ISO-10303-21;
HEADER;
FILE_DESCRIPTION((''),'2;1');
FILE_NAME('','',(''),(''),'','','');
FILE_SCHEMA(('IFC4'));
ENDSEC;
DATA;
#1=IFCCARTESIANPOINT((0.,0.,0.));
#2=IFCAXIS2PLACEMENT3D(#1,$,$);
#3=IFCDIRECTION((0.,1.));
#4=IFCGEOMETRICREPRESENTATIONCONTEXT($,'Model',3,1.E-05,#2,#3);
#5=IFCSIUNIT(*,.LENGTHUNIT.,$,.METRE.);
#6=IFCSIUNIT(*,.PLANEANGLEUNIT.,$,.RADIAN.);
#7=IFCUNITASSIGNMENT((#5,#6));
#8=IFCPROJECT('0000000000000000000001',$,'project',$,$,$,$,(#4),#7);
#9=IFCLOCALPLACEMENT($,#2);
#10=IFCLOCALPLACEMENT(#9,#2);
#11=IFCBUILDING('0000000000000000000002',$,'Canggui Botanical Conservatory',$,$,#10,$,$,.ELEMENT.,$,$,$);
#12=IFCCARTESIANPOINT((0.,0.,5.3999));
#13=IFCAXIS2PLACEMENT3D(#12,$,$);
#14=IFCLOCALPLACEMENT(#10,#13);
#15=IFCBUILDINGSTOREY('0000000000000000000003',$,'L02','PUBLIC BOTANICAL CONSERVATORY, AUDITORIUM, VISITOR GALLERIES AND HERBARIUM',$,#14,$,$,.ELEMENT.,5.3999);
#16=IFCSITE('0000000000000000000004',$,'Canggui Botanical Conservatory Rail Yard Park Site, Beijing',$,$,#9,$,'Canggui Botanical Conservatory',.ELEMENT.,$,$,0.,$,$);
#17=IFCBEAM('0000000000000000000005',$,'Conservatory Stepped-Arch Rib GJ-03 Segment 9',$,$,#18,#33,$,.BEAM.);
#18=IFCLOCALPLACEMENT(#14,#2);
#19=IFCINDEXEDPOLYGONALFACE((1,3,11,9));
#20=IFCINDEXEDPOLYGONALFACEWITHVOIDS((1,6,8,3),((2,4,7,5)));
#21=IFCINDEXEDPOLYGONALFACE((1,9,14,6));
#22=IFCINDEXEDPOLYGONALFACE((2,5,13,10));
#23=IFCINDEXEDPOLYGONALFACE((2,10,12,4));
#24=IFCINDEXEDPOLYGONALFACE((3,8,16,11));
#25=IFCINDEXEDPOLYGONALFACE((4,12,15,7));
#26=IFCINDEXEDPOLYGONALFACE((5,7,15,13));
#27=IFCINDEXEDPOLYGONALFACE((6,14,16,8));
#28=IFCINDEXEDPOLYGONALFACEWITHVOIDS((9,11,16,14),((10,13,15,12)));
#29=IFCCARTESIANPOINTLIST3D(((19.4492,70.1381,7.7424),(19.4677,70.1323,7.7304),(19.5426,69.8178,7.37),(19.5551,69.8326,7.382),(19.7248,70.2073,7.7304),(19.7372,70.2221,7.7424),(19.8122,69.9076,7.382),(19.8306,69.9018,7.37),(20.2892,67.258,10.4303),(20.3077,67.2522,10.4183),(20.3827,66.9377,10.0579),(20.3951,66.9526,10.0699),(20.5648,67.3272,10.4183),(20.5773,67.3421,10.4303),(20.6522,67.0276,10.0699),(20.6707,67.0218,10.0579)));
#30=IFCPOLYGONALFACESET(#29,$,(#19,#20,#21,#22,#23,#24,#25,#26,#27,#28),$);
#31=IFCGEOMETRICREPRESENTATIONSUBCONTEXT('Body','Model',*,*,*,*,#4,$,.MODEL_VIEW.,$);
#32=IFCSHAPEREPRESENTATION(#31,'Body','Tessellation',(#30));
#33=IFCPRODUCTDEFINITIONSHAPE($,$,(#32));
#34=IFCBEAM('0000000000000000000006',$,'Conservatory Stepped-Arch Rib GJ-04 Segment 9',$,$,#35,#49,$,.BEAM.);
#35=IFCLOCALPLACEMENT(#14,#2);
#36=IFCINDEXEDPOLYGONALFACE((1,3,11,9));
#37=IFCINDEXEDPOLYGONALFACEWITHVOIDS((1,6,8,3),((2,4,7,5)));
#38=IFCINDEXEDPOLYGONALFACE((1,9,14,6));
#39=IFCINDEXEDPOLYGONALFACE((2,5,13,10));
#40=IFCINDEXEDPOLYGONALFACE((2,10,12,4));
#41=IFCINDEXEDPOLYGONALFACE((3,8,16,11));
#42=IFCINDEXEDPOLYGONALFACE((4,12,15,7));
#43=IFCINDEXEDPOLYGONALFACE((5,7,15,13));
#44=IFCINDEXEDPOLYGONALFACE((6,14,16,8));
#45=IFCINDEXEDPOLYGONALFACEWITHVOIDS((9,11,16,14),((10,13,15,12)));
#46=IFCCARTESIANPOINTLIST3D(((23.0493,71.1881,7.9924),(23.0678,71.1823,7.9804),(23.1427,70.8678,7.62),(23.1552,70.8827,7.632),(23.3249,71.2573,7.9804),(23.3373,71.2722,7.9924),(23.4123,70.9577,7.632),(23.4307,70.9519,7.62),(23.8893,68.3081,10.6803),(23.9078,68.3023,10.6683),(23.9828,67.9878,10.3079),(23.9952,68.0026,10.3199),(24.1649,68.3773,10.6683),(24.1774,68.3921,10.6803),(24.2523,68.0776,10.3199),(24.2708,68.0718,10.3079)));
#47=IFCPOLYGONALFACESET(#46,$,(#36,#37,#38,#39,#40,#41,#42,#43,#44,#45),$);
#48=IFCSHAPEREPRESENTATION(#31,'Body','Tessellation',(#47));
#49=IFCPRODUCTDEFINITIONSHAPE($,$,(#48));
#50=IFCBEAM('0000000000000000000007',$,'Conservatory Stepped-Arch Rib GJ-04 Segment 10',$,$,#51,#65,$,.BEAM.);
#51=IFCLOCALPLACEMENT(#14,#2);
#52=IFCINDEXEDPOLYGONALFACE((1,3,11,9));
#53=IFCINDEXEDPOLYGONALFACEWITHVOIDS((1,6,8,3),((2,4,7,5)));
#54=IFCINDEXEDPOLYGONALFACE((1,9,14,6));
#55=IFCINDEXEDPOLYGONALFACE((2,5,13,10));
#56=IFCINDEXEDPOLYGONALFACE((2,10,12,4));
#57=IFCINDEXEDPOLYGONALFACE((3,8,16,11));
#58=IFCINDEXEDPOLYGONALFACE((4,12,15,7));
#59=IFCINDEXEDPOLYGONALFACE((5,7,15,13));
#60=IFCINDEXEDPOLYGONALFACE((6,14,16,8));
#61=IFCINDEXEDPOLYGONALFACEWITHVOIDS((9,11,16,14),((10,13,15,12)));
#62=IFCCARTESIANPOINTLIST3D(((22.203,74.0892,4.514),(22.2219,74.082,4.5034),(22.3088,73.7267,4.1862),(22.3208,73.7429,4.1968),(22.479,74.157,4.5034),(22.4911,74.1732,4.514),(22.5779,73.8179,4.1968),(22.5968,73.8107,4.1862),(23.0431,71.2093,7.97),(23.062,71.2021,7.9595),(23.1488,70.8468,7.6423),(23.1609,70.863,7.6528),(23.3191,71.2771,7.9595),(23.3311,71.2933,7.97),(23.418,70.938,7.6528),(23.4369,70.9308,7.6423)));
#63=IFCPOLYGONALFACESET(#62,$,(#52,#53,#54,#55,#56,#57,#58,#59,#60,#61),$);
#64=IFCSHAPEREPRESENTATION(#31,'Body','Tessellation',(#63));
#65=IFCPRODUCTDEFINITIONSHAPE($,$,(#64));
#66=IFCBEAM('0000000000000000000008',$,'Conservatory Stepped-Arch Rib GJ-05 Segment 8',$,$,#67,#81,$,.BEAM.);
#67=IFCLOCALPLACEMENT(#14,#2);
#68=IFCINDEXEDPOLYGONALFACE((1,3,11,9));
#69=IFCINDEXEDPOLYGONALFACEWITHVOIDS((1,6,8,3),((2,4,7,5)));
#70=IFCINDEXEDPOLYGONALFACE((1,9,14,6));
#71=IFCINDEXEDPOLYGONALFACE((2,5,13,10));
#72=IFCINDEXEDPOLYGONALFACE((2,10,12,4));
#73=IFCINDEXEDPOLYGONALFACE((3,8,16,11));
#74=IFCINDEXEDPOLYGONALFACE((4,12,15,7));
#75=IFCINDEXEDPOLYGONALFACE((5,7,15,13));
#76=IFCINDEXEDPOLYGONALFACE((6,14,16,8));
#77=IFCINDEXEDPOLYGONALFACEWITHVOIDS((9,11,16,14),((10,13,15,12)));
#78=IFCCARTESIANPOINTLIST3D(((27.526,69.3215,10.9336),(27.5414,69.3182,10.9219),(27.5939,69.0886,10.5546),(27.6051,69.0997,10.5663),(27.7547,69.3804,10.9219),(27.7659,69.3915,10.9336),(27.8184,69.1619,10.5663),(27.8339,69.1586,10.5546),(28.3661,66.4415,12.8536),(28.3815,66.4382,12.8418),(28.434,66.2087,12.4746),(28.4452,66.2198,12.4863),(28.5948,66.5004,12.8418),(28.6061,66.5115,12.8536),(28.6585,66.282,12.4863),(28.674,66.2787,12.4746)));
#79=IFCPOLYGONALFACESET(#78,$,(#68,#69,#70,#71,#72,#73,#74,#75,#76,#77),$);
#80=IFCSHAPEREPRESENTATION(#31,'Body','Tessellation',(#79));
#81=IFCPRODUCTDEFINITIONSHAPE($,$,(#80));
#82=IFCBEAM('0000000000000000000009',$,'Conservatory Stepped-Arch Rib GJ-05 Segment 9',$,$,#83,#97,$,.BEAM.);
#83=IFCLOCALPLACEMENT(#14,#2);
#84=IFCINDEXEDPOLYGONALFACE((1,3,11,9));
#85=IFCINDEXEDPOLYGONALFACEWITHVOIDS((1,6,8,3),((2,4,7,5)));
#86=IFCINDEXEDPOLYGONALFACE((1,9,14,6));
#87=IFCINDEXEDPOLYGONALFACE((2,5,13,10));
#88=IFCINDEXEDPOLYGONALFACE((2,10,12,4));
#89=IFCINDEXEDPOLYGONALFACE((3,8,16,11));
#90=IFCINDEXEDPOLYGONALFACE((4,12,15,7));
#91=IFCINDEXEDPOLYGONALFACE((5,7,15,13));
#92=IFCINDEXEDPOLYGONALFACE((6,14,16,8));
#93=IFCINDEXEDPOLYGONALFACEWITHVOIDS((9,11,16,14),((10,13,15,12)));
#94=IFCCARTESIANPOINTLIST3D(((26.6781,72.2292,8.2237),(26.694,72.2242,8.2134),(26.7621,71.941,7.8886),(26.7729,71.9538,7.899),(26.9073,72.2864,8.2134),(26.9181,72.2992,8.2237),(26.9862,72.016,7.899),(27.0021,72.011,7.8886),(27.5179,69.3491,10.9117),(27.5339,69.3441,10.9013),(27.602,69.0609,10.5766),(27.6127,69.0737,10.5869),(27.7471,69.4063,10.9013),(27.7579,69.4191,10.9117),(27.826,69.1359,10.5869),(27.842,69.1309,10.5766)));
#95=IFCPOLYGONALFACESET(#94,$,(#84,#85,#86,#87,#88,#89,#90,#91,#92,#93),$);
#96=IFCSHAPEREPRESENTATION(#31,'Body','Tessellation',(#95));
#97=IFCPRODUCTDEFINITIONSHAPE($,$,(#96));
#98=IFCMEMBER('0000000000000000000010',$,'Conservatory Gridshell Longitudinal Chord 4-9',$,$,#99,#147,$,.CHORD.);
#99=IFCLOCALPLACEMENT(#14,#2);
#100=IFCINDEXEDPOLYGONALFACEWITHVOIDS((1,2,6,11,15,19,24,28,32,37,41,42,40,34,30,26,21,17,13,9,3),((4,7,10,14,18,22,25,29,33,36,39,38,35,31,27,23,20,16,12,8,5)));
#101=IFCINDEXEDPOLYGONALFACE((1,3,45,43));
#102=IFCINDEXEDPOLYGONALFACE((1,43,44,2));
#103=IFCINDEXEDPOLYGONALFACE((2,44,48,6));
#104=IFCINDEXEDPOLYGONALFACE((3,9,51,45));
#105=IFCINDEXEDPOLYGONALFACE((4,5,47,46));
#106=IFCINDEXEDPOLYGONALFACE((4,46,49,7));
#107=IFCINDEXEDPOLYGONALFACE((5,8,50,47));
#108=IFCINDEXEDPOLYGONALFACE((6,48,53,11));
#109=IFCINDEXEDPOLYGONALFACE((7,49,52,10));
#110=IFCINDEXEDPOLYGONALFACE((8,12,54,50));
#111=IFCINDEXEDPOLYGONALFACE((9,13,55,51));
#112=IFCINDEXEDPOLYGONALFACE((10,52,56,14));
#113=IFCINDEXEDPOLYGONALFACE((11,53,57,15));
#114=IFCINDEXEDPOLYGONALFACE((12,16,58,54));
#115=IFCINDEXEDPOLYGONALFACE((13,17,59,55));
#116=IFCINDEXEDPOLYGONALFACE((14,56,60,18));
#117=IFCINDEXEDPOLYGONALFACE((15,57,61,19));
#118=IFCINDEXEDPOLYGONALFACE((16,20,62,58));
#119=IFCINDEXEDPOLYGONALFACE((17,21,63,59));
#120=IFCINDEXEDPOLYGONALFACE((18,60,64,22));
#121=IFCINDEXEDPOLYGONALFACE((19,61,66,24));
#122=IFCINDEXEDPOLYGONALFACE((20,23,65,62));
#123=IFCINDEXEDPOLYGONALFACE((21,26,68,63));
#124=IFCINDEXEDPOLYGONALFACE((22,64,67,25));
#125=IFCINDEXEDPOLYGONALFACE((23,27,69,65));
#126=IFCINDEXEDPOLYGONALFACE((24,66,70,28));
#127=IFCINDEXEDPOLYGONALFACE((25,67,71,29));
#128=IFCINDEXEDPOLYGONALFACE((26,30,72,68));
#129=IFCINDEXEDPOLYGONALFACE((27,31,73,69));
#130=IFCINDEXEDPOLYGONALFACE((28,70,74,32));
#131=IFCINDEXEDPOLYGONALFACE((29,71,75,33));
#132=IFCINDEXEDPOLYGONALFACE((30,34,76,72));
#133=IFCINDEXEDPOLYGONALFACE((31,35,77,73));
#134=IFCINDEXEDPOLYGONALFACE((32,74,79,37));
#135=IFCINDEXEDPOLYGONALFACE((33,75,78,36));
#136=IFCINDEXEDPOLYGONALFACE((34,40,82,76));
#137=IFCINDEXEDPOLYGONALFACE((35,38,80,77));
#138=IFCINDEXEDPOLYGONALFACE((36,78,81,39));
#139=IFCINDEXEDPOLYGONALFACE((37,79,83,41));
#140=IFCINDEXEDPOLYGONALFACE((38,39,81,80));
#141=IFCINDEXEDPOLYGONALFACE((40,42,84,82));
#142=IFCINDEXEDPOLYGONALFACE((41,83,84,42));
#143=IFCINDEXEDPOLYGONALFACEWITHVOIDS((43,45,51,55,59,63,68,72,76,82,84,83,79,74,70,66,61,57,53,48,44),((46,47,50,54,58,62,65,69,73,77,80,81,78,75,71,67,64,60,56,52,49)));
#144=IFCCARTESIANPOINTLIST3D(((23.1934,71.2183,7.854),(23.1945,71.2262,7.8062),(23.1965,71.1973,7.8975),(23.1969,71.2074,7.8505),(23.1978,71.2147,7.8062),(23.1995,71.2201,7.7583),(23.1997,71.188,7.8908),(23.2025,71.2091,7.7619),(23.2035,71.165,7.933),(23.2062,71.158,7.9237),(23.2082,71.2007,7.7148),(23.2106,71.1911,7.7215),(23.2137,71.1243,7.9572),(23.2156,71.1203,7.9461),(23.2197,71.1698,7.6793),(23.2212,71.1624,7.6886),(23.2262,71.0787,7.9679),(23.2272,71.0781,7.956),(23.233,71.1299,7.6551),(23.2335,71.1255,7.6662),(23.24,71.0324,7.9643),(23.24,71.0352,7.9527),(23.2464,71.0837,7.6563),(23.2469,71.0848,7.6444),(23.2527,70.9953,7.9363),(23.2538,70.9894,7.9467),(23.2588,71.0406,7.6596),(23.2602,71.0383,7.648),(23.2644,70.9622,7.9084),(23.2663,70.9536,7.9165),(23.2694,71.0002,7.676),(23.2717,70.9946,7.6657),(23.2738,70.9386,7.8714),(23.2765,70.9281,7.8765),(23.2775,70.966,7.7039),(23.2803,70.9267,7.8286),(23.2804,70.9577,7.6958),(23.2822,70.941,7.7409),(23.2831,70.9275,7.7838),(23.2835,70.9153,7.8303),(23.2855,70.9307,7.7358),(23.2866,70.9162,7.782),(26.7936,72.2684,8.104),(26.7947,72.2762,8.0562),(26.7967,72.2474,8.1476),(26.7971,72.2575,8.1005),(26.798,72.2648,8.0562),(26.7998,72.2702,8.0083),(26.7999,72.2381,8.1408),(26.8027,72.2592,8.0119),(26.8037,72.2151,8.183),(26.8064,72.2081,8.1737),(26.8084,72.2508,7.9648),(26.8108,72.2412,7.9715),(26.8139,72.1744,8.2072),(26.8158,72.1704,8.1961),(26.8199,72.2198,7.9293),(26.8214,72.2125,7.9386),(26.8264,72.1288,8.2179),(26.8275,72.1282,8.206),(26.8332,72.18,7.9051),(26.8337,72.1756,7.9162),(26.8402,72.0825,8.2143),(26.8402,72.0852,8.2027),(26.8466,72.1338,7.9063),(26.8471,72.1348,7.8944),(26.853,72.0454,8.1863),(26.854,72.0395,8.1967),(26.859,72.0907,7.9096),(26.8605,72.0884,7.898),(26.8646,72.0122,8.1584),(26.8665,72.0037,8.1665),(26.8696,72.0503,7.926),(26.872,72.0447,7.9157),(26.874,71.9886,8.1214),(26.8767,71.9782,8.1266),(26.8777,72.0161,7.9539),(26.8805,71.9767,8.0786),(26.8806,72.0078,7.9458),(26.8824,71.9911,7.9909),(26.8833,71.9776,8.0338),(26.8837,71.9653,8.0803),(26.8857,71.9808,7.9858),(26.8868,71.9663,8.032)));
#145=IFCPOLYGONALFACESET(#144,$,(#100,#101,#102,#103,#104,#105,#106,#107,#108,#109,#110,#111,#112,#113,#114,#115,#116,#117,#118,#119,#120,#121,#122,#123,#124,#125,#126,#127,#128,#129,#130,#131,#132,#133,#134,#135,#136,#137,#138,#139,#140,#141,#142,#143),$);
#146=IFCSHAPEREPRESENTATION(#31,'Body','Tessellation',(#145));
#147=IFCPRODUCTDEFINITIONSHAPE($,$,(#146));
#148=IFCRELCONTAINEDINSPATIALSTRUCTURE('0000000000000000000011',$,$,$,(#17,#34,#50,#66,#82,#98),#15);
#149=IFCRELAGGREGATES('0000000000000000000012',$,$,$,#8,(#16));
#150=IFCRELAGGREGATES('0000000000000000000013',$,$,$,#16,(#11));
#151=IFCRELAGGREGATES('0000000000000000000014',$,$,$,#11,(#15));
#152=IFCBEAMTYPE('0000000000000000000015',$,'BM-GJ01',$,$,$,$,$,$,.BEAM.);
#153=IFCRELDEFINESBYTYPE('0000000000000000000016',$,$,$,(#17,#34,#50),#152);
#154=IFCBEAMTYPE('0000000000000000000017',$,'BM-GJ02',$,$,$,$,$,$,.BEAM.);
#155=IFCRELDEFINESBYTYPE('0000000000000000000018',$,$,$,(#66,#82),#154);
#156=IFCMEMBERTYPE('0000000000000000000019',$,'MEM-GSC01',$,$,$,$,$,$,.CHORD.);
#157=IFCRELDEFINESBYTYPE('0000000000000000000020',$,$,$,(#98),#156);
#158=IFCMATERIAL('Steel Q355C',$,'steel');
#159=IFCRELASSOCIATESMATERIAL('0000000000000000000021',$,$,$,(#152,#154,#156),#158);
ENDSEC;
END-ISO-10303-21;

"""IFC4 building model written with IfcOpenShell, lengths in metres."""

from ifc_helpers import new_model, si_unit, direction, frame, origin, origin_2d, place, context, subcontext, project, spatial, hollow_rectangle, hollow_circle, extrude, material, material_profile, profile_set, type_object, element, save


model = new_model("IFC4")

# Units and contexts
model_context = context("Model", 3, precision=1e-05, world=origin(), true_north=direction((0.0, 1.0)))
body_context = subcontext(model_context, "Body", "Model", "MODEL_VIEW")
ifc_project = project(units=[si_unit("LENGTHUNIT", "METRE"), si_unit("PLANEANGLEUNIT", "RADIAN")], contexts=[model_context])

# Site, building, storey
site_placement = place(None, origin())
site = spatial("IfcSite", under=ifc_project, at=site_placement, Name="Canggui Botanical Conservatory Rail Yard Park Site, Beijing", LongName="Canggui Botanical Conservatory", CompositionType="ELEMENT", RefElevation=0.0)
building_placement = place(site_placement, origin())
building = spatial("IfcBuilding", under=site, at=building_placement, Name="Canggui Botanical Conservatory", CompositionType="ELEMENT")
storey_placement = place(building_placement, frame((0.0, 0.0, 5.3999)))
storey = spatial("IfcBuildingStorey", under=building, at=storey_placement, Name="L02", Description="PUBLIC BOTANICAL CONSERVATORY, AUDITORIUM, VISITOR GALLERIES AND HERBARIUM", CompositionType="ELEMENT", Elevation=5.3999)

# Beams
ifc_material_1 = material(Name="Steel Q355C", Category="steel")
ifc_material_profile_1 = material_profile(ifc_material_1, hollow_rectangle(XDim=0.3, YDim=0.5, WallThickness=0.0161, at=origin_2d()), Name="RHS 300x500x16")
ifc_profile_set_1 = profile_set([ifc_material_profile_1], Name="Steel Q355C")
beam_type_1 = type_object("IfcBeamType", Name="BM-GJ01", PredefinedType="BEAM", material=ifc_profile_set_1)
for number, where, z_axis, x_axis, name in (
    (1, (20.48, 67.1399, 10.2441), (-0.208553, 0.714996, -0.667297), (-0.959995, -0.280016, 0.0), "Conservatory Stepped-Arch Rib GJ-03 Segment 9"),
    (2, (24.0801, 68.1899, 10.4941), (-0.208553, 0.714996, -0.667297), (-0.959995, -0.280016, 0.0), "Conservatory Stepped-Arch Rib GJ-04 Segment 9"),
):
    element("IfcBeam", number, at=place(storey_placement, frame(where, z_axis=z_axis, x_axis=x_axis)), inside=storey, type_object=beam_type_1, Name=name, PredefinedType="BEAM", context=body_context, shape_type="SweptSolid", body=[
        extrude(hollow_rectangle(XDim=0.3, YDim=0.5, WallThickness=0.0161, at=origin_2d()), origin(), (0.0, 0.0, 1.0), 4.0281),
    ])
beam_1_placement = place(storey_placement, frame((23.24, 71.0701, 7.8062), z_axis=(-0.183568, 0.629285, -0.755184), x_axis=(-0.959989, -0.280038, 0.0)))
element("IfcBeam", 3, at=beam_1_placement, inside=storey, type_object=beam_type_1, Name="Conservatory Stepped-Arch Rib GJ-04 Segment 10", PredefinedType="BEAM", context=body_context, shape_type="SweptSolid", body=[
    extrude(hollow_rectangle(XDim=0.3, YDim=0.5, WallThickness=0.0161, at=origin_2d()), origin(), (0.0, 0.0, 1.0), 4.5764),
])
ifc_material_profile_2 = material_profile(ifc_material_1, hollow_rectangle(XDim=0.25, YDim=0.45, WallThickness=0.0139, at=origin_2d()), Name="RHS 250x450x14")
ifc_profile_set_2 = profile_set([ifc_material_profile_2], Name="Steel Q355C")
beam_type_2 = type_object("IfcBeamType", Name="BM-GJ02", PredefinedType="BEAM", material=ifc_profile_set_2)
beam_2_placement = place(storey_placement, frame((28.52, 66.3601, 12.6641), z_axis=(-0.235868, 0.808574, -0.539049), x_axis=(-0.959989, -0.280038, 0.0)))
element("IfcBeam", 4, at=beam_2_placement, inside=storey, type_object=beam_type_2, Name="Conservatory Stepped-Arch Rib GJ-05 Segment 8", PredefinedType="BEAM", context=body_context, shape_type="SweptSolid", body=[
    extrude(hollow_rectangle(XDim=0.25, YDim=0.45, WallThickness=0.0139, at=origin_2d()), origin(), (0.0, 0.0, 1.0), 3.5618),
])
beam_3_placement = place(storey_placement, frame((27.6799, 69.24, 10.7441), z_axis=(-0.208495, 0.715005, -0.667306), x_axis=(-0.960017, -0.279941, 0.0)))
element("IfcBeam", 5, at=beam_3_placement, inside=storey, type_object=beam_type_2, Name="Conservatory Stepped-Arch Rib GJ-05 Segment 9", PredefinedType="BEAM", context=body_context, shape_type="SweptSolid", body=[
    extrude(hollow_rectangle(XDim=0.25, YDim=0.45, WallThickness=0.0139, at=origin_2d()), origin(), (0.0, 0.0, 1.0), 4.0281),
])

# Member
ifc_material_profile_3 = material_profile(ifc_material_1, hollow_circle(Radius=0.1626, WallThickness=0.012, at=origin_2d()), Name="CHS 325x12")
ifc_profile_set_3 = profile_set([ifc_material_profile_3], Name="Steel Q355C")
member_type_1 = type_object("IfcMemberType", Name="MEM-GSC01", PredefinedType="CHORD", material=ifc_profile_set_3)
member_1_placement = place(storey_placement, frame((23.24, 71.0701, 7.8062), z_axis=(0.957872, 0.279385, 0.066517), x_axis=(-0.280005, 0.959999, 0.0)))
element("IfcMember", 6, at=member_1_placement, inside=storey, type_object=member_type_1, Name="Conservatory Gridshell Longitudinal Chord 4-9", PredefinedType="CHORD", context=body_context, shape_type="SweptSolid", body=[
    extrude(hollow_circle(Radius=0.1626, WallThickness=0.012, at=origin_2d()), origin(), (0.0, 0.0, 1.0), 3.7585),
])

save(model, "model.ifc")
